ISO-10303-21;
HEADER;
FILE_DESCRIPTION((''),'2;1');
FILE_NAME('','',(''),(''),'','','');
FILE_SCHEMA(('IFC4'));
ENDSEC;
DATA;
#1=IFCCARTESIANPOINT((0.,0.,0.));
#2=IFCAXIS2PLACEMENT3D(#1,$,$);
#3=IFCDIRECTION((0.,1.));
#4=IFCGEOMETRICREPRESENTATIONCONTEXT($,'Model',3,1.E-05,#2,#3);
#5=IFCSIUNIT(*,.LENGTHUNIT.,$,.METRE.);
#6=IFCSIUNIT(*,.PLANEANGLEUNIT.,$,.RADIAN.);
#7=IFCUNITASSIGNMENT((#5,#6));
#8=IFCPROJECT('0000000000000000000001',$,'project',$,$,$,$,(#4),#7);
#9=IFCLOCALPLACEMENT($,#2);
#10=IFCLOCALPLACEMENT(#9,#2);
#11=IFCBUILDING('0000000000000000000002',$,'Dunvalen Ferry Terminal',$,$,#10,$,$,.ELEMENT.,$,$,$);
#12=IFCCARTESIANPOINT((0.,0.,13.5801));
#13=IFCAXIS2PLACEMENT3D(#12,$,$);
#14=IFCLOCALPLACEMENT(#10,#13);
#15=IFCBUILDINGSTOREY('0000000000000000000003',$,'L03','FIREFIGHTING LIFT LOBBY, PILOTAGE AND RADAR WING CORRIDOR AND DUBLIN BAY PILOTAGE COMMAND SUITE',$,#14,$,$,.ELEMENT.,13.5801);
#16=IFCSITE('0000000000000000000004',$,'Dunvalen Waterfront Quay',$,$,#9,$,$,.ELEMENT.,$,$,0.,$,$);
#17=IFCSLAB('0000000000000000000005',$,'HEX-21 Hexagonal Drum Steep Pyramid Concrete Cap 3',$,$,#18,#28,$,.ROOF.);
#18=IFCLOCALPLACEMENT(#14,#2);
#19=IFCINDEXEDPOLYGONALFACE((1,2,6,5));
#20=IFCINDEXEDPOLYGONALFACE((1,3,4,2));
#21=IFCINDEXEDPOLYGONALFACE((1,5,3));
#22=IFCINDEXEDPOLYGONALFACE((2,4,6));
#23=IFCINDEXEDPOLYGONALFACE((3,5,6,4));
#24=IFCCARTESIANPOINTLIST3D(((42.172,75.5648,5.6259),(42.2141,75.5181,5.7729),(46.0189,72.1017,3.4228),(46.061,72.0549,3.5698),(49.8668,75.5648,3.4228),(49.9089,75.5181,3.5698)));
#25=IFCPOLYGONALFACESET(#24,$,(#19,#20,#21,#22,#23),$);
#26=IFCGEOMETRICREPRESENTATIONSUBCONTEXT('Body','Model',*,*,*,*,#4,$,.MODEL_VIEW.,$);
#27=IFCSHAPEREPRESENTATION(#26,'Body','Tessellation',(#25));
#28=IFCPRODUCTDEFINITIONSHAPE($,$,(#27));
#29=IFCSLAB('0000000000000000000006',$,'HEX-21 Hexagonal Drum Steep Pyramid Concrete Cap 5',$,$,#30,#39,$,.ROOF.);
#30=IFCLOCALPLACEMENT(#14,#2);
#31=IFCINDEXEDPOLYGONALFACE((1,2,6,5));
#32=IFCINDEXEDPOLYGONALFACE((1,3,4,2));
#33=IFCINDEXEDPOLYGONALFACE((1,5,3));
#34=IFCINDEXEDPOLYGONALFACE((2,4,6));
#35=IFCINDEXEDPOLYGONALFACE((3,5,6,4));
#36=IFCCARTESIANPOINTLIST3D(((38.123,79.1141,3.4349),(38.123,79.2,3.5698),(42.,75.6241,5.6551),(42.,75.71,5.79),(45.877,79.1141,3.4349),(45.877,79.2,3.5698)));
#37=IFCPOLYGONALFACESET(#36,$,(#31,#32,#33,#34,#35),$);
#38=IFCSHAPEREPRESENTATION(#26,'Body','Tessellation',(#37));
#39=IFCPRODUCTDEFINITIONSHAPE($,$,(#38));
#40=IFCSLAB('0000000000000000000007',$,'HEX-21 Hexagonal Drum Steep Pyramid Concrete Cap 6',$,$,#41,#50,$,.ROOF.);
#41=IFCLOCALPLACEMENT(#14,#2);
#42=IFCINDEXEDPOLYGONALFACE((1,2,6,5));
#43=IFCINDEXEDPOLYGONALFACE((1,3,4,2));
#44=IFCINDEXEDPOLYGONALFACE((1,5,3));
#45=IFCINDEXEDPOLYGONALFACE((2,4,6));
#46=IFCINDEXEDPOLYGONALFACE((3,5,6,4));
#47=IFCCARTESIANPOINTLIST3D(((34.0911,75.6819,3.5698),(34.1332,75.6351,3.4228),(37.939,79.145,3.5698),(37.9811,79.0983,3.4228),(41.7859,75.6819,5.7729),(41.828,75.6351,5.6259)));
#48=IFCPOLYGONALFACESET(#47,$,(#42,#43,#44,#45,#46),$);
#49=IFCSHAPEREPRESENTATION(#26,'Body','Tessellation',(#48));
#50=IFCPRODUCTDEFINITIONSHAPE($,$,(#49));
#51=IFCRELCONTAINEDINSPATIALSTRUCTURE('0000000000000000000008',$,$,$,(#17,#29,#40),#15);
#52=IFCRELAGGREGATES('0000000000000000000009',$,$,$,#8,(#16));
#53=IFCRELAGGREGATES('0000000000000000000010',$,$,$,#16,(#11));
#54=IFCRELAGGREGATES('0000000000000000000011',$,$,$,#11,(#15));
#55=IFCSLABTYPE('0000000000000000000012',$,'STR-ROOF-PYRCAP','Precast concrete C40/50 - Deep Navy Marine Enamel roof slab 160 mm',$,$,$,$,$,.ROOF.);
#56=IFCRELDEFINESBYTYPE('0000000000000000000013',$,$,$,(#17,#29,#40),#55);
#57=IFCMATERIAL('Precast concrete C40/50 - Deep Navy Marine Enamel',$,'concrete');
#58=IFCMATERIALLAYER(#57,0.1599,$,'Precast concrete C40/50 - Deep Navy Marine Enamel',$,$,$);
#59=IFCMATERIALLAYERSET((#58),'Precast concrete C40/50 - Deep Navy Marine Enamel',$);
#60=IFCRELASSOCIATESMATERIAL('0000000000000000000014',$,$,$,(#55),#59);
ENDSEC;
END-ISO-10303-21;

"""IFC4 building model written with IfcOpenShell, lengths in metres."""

from ifc_helpers import new_model, si_unit, direction, frame, origin, place, context, subcontext, project, spatial, polyline, outline, extrude, material, layer, layer_set, type_object, element, save


model = new_model("IFC4")

# Units and contexts
model_context = context("Model", 3, precision=1e-05, world=origin(), true_north=direction((0.0, 1.0)))
body_context = subcontext(model_context, "Body", "Model", "MODEL_VIEW")
ifc_project = project(units=[si_unit("LENGTHUNIT", "METRE"), si_unit("PLANEANGLEUNIT", "RADIAN")], contexts=[model_context])

# Site, building, storey
site_placement = place(None, origin())
site = spatial("IfcSite", under=ifc_project, at=site_placement, Name="Dunvalen Waterfront Quay", CompositionType="ELEMENT", RefElevation=0.0)
building_placement = place(site_placement, origin())
building = spatial("IfcBuilding", under=site, at=building_placement, Name="Dunvalen Ferry Terminal", CompositionType="ELEMENT")
storey_placement = place(building_placement, frame((0.0, 0.0, 13.5801)))
storey = spatial("IfcBuildingStorey", under=building, at=storey_placement, Name="L03", Description="FIREFIGHTING LIFT LOBBY, PILOTAGE AND RADAR WING CORRIDOR AND DUBLIN BAY PILOTAGE COMMAND SUITE", CompositionType="ELEMENT", Elevation=13.5801)

# Slabs
ifc_material_1 = material(Name="Precast concrete C40/50 - Deep Navy Marine Enamel", Category="concrete")
ifc_layer = layer(ifc_material_1, 0.1599, Name="Precast concrete C40/50 - Deep Navy Marine Enamel")
ifc_layer_set = layer_set([ifc_layer], Name="Precast concrete C40/50 - Deep Navy Marine Enamel")
slab_type = type_object("IfcSlabType", Name="STR-ROOF-PYRCAP", Description="Precast concrete C40/50 - Deep Navy Marine Enamel roof slab 160 mm", PredefinedType="ROOF", material=ifc_layer_set)
slab_1_placement = place(storey_placement, frame((46.061, 72.0549, 3.5698), z_axis=(0.263218, -0.292462, 0.919338), x_axis=(0.743292, 0.668967, 0.0)))
element("IfcSlab", 1, at=slab_1_placement, inside=storey, type_object=slab_type, Name="HEX-21 Hexagonal Drum Steep Pyramid Concrete Cap 3", PredefinedType="ROOF", context=body_context, shape_type="SweptSolid", body=[
    extrude(outline(polyline([(0.0, 0.0), (5.1768, 0.0), (-0.5427, 5.5992), (0.0, 0.0)])), origin(), (0.0, 0.0, -1.0), 0.1599),
])
slab_2_placement = place(storey_placement, frame((45.877, 79.2, 3.5698), z_axis=(0.0, 0.536757, 0.843737), x_axis=(-1.0, 0.0, 0.0)))
element("IfcSlab", 2, at=slab_2_placement, inside=storey, type_object=slab_type, Name="HEX-21 Hexagonal Drum Steep Pyramid Concrete Cap 5", PredefinedType="ROOF", context=body_context, shape_type="SweptSolid", body=[
    extrude(outline(polyline([(0.0, 0.0), (7.7539, 0.0), (3.877, 4.1363), (0.0, 0.0)])), origin(), (0.0, 0.0, -1.0), 0.1599),
])
slab_3_placement = place(storey_placement, frame((37.939, 79.145, 3.5698), z_axis=(-0.263218, 0.292462, 0.919338), x_axis=(-0.743292, -0.668967, 0.0)))
element("IfcSlab", 3, at=slab_3_placement, inside=storey, type_object=slab_type, Name="HEX-21 Hexagonal Drum Steep Pyramid Concrete Cap 6", PredefinedType="ROOF", context=body_context, shape_type="SweptSolid", body=[
    extrude(outline(polyline([(0.0, 0.0), (5.1768, 0.0), (-0.5427, 5.5992), (0.0, 0.0)])), origin(), (0.0, 0.0, -1.0), 0.1599),
])

save(model, "model.ifc")
